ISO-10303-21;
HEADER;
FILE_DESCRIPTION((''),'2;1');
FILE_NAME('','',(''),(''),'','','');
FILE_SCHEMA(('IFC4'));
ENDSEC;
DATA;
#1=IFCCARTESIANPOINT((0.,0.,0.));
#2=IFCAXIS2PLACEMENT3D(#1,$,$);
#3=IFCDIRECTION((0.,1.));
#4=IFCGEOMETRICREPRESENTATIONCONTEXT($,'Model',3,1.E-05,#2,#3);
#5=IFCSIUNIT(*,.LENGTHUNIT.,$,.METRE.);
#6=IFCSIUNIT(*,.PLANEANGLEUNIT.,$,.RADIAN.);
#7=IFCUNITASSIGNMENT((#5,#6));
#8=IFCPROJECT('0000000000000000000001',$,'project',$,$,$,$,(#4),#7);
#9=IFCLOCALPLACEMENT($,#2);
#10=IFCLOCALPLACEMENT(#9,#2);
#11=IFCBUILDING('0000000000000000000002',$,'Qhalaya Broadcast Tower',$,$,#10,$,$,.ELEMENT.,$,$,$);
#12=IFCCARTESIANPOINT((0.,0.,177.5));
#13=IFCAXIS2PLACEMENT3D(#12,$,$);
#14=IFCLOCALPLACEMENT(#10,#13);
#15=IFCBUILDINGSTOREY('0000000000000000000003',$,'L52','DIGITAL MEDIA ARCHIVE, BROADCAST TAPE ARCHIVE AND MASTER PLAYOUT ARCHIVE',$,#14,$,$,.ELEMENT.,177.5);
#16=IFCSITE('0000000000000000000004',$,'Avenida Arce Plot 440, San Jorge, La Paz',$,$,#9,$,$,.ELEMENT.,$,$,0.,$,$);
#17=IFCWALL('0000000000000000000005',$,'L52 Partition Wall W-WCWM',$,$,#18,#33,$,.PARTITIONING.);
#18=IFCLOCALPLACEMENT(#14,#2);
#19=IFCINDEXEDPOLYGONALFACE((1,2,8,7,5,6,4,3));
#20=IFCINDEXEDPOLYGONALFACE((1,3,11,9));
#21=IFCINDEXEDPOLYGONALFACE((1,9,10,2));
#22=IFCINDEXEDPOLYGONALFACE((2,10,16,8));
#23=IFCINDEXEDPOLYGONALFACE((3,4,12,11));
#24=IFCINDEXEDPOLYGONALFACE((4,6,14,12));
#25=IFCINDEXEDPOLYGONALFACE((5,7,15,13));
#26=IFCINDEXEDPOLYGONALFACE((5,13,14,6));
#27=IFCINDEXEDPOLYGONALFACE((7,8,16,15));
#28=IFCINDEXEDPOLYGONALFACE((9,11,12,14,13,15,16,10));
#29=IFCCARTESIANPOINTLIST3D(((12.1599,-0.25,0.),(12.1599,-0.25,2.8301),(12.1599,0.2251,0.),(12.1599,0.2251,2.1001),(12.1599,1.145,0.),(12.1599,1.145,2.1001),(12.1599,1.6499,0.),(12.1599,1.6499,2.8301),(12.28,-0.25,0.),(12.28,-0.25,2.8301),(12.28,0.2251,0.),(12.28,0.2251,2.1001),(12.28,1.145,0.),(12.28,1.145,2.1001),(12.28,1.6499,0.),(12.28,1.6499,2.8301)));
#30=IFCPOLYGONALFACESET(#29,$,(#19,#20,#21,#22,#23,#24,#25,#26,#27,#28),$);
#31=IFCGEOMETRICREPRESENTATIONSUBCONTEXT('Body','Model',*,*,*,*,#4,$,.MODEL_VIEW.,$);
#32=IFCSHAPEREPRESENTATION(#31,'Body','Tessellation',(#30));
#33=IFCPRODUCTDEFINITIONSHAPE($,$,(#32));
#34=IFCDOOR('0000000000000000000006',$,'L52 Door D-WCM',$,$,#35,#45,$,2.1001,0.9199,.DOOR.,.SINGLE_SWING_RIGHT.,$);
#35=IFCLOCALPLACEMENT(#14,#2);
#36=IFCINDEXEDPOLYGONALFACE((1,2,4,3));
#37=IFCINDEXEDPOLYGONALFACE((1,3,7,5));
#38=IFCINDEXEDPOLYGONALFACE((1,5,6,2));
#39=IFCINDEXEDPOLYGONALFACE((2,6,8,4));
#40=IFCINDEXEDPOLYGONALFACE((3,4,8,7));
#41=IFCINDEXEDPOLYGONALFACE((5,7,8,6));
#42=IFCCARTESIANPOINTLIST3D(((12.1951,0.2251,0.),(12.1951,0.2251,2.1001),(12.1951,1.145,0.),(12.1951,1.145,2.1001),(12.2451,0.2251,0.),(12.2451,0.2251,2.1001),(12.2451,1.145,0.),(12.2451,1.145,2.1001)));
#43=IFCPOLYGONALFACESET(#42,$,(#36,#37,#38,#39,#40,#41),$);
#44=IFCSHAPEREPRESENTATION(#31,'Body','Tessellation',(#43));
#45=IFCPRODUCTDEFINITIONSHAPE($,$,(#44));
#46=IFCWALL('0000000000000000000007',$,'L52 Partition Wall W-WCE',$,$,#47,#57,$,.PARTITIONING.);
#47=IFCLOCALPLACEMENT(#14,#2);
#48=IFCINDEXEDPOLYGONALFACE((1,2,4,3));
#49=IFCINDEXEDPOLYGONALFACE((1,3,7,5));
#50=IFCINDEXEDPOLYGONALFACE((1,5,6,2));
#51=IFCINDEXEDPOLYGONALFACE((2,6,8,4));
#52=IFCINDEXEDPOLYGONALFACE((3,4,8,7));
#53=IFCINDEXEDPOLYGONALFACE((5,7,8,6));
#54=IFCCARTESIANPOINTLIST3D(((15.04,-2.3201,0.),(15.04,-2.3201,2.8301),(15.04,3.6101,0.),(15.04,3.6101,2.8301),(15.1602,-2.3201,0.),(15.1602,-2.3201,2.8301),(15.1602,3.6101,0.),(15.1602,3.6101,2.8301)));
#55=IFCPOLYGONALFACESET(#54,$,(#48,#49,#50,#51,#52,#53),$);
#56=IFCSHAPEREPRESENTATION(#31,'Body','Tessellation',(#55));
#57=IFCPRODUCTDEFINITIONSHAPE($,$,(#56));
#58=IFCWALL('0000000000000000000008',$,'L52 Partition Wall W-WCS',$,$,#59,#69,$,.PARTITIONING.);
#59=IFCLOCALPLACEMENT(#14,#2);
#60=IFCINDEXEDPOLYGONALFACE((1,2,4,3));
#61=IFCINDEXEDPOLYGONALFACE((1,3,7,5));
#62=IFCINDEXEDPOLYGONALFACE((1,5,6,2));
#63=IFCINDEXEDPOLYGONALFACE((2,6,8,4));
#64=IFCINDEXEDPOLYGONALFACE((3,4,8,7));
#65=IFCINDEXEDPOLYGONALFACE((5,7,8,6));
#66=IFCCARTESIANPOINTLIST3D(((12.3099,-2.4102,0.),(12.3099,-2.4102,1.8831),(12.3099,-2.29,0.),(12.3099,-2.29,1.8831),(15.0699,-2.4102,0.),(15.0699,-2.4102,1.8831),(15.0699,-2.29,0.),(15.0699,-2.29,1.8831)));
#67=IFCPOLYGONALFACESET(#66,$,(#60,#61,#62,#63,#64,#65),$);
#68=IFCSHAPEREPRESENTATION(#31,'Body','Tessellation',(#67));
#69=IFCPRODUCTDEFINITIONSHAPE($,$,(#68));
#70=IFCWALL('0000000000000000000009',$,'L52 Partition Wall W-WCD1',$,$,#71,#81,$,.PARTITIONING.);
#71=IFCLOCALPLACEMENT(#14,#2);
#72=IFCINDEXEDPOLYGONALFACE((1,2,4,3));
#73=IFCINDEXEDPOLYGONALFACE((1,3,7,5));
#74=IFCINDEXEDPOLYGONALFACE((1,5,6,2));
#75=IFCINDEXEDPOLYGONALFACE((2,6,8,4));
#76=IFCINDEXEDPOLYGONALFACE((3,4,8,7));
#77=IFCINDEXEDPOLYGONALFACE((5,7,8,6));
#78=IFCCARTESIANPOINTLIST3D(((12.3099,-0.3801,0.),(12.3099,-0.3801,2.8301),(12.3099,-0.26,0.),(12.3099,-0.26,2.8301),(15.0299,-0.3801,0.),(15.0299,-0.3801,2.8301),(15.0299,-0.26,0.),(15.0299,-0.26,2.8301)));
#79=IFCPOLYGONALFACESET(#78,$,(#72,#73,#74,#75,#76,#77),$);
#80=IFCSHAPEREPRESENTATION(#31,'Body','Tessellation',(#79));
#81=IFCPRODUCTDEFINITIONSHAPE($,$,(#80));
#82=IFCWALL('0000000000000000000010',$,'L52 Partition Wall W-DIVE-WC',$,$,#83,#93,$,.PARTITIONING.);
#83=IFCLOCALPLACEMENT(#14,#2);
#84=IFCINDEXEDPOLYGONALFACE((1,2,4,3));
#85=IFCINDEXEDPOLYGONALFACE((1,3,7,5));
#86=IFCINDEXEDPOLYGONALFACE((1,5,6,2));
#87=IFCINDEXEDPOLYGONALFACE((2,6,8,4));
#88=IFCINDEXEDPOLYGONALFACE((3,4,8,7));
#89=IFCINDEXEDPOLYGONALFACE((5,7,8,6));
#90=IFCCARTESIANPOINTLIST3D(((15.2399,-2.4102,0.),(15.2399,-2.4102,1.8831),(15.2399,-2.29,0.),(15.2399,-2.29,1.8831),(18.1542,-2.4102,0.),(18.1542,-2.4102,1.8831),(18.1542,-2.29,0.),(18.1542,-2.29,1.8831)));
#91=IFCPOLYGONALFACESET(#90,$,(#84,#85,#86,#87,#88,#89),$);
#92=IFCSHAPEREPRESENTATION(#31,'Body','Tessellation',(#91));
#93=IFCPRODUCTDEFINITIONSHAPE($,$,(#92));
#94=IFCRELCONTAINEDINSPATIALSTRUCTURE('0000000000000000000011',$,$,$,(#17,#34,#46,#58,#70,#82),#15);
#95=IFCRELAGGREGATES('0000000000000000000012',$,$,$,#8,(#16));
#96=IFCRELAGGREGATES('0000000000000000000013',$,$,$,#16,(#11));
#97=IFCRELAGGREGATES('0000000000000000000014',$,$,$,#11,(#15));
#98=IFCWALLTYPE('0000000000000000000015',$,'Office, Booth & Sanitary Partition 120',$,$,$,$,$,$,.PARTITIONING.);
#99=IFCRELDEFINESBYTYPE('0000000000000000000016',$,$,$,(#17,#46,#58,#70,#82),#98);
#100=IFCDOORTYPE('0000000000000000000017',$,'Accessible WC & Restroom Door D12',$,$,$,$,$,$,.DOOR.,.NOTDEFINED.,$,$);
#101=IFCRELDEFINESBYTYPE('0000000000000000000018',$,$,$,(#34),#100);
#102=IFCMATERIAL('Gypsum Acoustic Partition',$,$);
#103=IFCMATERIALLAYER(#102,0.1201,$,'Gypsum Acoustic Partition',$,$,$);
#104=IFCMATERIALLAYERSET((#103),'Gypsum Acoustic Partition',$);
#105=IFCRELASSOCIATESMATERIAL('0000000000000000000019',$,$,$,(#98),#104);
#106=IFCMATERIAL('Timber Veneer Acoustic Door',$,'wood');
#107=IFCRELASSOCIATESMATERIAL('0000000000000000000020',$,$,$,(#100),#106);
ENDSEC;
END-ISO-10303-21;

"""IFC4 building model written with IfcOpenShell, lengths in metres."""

from ifc_helpers import new_model, si_unit, direction, frame, frame_2d, origin, place, context, subcontext, project, spatial, rectangle, extrude, material, layer, layer_set, type_object, element, fill, save


model = new_model("IFC4")

# Units and contexts
model_context = context("Model", 3, precision=1e-05, world=origin(), true_north=direction((0.0, 1.0)))
body_context = subcontext(model_context, "Body", "Model", "MODEL_VIEW")
ifc_project = project(units=[si_unit("LENGTHUNIT", "METRE"), si_unit("PLANEANGLEUNIT", "RADIAN")], contexts=[model_context])

# Site, building, storey
site_placement = place(None, origin())
site = spatial("IfcSite", under=ifc_project, at=site_placement, Name="Avenida Arce Plot 440, San Jorge, La Paz", CompositionType="ELEMENT", RefElevation=0.0)
building_placement = place(site_placement, origin())
building = spatial("IfcBuilding", under=site, at=building_placement, Name="Qhalaya Broadcast Tower", CompositionType="ELEMENT")
storey_placement = place(building_placement, frame((0.0, 0.0, 177.5)))
storey = spatial("IfcBuildingStorey", under=building, at=storey_placement, Name="L52", Description="DIGITAL MEDIA ARCHIVE, BROADCAST TAPE ARCHIVE AND MASTER PLAYOUT ARCHIVE", CompositionType="ELEMENT", Elevation=177.5)

# Wall, opening, door
ifc_material_1 = material(Name="Gypsum Acoustic Partition")
ifc_material_2 = material(Name="Timber Veneer Acoustic Door", Category="wood")
ifc_layer_1 = layer(ifc_material_1, 0.1201, Name="Gypsum Acoustic Partition")
ifc_layer_set_1 = layer_set([ifc_layer_1], Name="Gypsum Acoustic Partition")
wall_type_1 = type_object("IfcWallType", Name="Office, Booth & Sanitary Partition 120", PredefinedType="PARTITIONING", material=ifc_layer_set_1)
door_type_1 = type_object("IfcDoorType", Name="Accessible WC & Restroom Door D12", OperationType="NOTDEFINED", PredefinedType="DOOR", material=ifc_material_2)
wall_1_placement = place(storey_placement, frame((12.22, -0.25, 0.0), z_axis=(0.0, 0.0, 1.0), x_axis=(0.0, 1.0, 0.0)))
wall_1 = element("IfcWall", 1, at=wall_1_placement, inside=storey, type_object=wall_type_1, Name="L52 Partition Wall W-WCWM", PredefinedType="PARTITIONING", context=body_context, shape_type="SweptSolid", body=[
    extrude(rectangle(XDim=1.8999, YDim=0.1201, at=frame_2d((0.95, 0.0))), origin(), (0.0, 0.0, 1.0), 2.8301),
])
opening_1_placement = place(wall_1_placement, frame((0.4751, 0.0, 0.0)))
opening_1 = element("IfcOpeningElement", 2, at=opening_1_placement, cuts=wall_1, PredefinedType="OPENING", context=body_context, shape_type="SweptSolid", body=[
    extrude(rectangle(XDim=0.9199, YDim=2.1001, at=frame_2d((0.46, 1.05))), frame((0.0, 0.072, 0.0), z_axis=(0.0, -1.0, 0.0), x_axis=(1.0, 0.0, 0.0)), (0.0, 0.0, 1.0), 0.144),
])
door_1_placement = place(opening_1_placement, origin())
door_1 = element("IfcDoor", 3, at=door_1_placement, inside=storey, type_object=door_type_1, Name="L52 Door D-WCM", OperationType="SINGLE_SWING_RIGHT", OverallHeight=2.1001, OverallWidth=0.9199, PredefinedType="DOOR", context=body_context, shape_type="SweptSolid", body=[
    extrude(rectangle(XDim=0.9199, YDim=2.1001, at=frame_2d((0.46, 1.05))), frame((0.0, 0.0249, 0.0), z_axis=(0.0, -1.0, 0.0), x_axis=(1.0, 0.0, 0.0)), (0.0, 0.0, 1.0), 0.05),
])
fill(opening_1, door_1)

# Walls
wall_2_placement = place(storey_placement, frame((15.1001, -2.3201, 0.0), z_axis=(0.0, 0.0, 1.0), x_axis=(0.0, 1.0, 0.0)))
element("IfcWall", 4, at=wall_2_placement, inside=storey, type_object=wall_type_1, Name="L52 Partition Wall W-WCE", PredefinedType="PARTITIONING", context=body_context, shape_type="SweptSolid", body=[
    extrude(rectangle(XDim=5.9302, YDim=0.1201, at=frame_2d((2.9651, 0.0))), origin(), (0.0, 0.0, 1.0), 2.8301),
])
wall_3_placement = place(storey_placement, frame((12.3101, -2.3501, 0.0), z_axis=(0.0, 0.0, 1.0), x_axis=(1.0, 0.0, 0.0)))
element("IfcWall", 5, at=wall_3_placement, inside=storey, type_object=wall_type_1, Name="L52 Partition Wall W-WCS", PredefinedType="PARTITIONING", context=body_context, shape_type="SweptSolid", body=[
    extrude(rectangle(XDim=2.76, YDim=0.1201, at=frame_2d((1.3799, 0.0))), origin(), (0.0, 0.0, 1.0), 1.8831),
])
wall_4_placement = place(storey_placement, frame((12.3101, -0.3201, 0.0), z_axis=(0.0, 0.0, 1.0), x_axis=(1.0, 0.0, 0.0)))
element("IfcWall", 6, at=wall_4_placement, inside=storey, type_object=wall_type_1, Name="L52 Partition Wall W-WCD1", PredefinedType="PARTITIONING", context=body_context, shape_type="SweptSolid", body=[
    extrude(rectangle(XDim=2.72, YDim=0.1201, at=frame_2d((1.3599, 0.0))), origin(), (0.0, 0.0, 1.0), 2.8301),
])
wall_5_placement = place(storey_placement, frame((15.24, -2.3501, 0.0), z_axis=(0.0, 0.0, 1.0), x_axis=(1.0, 0.0, 0.0)))
element("IfcWall", 7, at=wall_5_placement, inside=storey, type_object=wall_type_1, Name="L52 Partition Wall W-DIVE-WC", PredefinedType="PARTITIONING", context=body_context, shape_type="SweptSolid", body=[
    extrude(rectangle(XDim=2.9143, YDim=0.1201, at=frame_2d((1.457, 0.0))), origin(), (0.0, 0.0, 1.0), 1.8831),
])

save(model, "model.ifc")
